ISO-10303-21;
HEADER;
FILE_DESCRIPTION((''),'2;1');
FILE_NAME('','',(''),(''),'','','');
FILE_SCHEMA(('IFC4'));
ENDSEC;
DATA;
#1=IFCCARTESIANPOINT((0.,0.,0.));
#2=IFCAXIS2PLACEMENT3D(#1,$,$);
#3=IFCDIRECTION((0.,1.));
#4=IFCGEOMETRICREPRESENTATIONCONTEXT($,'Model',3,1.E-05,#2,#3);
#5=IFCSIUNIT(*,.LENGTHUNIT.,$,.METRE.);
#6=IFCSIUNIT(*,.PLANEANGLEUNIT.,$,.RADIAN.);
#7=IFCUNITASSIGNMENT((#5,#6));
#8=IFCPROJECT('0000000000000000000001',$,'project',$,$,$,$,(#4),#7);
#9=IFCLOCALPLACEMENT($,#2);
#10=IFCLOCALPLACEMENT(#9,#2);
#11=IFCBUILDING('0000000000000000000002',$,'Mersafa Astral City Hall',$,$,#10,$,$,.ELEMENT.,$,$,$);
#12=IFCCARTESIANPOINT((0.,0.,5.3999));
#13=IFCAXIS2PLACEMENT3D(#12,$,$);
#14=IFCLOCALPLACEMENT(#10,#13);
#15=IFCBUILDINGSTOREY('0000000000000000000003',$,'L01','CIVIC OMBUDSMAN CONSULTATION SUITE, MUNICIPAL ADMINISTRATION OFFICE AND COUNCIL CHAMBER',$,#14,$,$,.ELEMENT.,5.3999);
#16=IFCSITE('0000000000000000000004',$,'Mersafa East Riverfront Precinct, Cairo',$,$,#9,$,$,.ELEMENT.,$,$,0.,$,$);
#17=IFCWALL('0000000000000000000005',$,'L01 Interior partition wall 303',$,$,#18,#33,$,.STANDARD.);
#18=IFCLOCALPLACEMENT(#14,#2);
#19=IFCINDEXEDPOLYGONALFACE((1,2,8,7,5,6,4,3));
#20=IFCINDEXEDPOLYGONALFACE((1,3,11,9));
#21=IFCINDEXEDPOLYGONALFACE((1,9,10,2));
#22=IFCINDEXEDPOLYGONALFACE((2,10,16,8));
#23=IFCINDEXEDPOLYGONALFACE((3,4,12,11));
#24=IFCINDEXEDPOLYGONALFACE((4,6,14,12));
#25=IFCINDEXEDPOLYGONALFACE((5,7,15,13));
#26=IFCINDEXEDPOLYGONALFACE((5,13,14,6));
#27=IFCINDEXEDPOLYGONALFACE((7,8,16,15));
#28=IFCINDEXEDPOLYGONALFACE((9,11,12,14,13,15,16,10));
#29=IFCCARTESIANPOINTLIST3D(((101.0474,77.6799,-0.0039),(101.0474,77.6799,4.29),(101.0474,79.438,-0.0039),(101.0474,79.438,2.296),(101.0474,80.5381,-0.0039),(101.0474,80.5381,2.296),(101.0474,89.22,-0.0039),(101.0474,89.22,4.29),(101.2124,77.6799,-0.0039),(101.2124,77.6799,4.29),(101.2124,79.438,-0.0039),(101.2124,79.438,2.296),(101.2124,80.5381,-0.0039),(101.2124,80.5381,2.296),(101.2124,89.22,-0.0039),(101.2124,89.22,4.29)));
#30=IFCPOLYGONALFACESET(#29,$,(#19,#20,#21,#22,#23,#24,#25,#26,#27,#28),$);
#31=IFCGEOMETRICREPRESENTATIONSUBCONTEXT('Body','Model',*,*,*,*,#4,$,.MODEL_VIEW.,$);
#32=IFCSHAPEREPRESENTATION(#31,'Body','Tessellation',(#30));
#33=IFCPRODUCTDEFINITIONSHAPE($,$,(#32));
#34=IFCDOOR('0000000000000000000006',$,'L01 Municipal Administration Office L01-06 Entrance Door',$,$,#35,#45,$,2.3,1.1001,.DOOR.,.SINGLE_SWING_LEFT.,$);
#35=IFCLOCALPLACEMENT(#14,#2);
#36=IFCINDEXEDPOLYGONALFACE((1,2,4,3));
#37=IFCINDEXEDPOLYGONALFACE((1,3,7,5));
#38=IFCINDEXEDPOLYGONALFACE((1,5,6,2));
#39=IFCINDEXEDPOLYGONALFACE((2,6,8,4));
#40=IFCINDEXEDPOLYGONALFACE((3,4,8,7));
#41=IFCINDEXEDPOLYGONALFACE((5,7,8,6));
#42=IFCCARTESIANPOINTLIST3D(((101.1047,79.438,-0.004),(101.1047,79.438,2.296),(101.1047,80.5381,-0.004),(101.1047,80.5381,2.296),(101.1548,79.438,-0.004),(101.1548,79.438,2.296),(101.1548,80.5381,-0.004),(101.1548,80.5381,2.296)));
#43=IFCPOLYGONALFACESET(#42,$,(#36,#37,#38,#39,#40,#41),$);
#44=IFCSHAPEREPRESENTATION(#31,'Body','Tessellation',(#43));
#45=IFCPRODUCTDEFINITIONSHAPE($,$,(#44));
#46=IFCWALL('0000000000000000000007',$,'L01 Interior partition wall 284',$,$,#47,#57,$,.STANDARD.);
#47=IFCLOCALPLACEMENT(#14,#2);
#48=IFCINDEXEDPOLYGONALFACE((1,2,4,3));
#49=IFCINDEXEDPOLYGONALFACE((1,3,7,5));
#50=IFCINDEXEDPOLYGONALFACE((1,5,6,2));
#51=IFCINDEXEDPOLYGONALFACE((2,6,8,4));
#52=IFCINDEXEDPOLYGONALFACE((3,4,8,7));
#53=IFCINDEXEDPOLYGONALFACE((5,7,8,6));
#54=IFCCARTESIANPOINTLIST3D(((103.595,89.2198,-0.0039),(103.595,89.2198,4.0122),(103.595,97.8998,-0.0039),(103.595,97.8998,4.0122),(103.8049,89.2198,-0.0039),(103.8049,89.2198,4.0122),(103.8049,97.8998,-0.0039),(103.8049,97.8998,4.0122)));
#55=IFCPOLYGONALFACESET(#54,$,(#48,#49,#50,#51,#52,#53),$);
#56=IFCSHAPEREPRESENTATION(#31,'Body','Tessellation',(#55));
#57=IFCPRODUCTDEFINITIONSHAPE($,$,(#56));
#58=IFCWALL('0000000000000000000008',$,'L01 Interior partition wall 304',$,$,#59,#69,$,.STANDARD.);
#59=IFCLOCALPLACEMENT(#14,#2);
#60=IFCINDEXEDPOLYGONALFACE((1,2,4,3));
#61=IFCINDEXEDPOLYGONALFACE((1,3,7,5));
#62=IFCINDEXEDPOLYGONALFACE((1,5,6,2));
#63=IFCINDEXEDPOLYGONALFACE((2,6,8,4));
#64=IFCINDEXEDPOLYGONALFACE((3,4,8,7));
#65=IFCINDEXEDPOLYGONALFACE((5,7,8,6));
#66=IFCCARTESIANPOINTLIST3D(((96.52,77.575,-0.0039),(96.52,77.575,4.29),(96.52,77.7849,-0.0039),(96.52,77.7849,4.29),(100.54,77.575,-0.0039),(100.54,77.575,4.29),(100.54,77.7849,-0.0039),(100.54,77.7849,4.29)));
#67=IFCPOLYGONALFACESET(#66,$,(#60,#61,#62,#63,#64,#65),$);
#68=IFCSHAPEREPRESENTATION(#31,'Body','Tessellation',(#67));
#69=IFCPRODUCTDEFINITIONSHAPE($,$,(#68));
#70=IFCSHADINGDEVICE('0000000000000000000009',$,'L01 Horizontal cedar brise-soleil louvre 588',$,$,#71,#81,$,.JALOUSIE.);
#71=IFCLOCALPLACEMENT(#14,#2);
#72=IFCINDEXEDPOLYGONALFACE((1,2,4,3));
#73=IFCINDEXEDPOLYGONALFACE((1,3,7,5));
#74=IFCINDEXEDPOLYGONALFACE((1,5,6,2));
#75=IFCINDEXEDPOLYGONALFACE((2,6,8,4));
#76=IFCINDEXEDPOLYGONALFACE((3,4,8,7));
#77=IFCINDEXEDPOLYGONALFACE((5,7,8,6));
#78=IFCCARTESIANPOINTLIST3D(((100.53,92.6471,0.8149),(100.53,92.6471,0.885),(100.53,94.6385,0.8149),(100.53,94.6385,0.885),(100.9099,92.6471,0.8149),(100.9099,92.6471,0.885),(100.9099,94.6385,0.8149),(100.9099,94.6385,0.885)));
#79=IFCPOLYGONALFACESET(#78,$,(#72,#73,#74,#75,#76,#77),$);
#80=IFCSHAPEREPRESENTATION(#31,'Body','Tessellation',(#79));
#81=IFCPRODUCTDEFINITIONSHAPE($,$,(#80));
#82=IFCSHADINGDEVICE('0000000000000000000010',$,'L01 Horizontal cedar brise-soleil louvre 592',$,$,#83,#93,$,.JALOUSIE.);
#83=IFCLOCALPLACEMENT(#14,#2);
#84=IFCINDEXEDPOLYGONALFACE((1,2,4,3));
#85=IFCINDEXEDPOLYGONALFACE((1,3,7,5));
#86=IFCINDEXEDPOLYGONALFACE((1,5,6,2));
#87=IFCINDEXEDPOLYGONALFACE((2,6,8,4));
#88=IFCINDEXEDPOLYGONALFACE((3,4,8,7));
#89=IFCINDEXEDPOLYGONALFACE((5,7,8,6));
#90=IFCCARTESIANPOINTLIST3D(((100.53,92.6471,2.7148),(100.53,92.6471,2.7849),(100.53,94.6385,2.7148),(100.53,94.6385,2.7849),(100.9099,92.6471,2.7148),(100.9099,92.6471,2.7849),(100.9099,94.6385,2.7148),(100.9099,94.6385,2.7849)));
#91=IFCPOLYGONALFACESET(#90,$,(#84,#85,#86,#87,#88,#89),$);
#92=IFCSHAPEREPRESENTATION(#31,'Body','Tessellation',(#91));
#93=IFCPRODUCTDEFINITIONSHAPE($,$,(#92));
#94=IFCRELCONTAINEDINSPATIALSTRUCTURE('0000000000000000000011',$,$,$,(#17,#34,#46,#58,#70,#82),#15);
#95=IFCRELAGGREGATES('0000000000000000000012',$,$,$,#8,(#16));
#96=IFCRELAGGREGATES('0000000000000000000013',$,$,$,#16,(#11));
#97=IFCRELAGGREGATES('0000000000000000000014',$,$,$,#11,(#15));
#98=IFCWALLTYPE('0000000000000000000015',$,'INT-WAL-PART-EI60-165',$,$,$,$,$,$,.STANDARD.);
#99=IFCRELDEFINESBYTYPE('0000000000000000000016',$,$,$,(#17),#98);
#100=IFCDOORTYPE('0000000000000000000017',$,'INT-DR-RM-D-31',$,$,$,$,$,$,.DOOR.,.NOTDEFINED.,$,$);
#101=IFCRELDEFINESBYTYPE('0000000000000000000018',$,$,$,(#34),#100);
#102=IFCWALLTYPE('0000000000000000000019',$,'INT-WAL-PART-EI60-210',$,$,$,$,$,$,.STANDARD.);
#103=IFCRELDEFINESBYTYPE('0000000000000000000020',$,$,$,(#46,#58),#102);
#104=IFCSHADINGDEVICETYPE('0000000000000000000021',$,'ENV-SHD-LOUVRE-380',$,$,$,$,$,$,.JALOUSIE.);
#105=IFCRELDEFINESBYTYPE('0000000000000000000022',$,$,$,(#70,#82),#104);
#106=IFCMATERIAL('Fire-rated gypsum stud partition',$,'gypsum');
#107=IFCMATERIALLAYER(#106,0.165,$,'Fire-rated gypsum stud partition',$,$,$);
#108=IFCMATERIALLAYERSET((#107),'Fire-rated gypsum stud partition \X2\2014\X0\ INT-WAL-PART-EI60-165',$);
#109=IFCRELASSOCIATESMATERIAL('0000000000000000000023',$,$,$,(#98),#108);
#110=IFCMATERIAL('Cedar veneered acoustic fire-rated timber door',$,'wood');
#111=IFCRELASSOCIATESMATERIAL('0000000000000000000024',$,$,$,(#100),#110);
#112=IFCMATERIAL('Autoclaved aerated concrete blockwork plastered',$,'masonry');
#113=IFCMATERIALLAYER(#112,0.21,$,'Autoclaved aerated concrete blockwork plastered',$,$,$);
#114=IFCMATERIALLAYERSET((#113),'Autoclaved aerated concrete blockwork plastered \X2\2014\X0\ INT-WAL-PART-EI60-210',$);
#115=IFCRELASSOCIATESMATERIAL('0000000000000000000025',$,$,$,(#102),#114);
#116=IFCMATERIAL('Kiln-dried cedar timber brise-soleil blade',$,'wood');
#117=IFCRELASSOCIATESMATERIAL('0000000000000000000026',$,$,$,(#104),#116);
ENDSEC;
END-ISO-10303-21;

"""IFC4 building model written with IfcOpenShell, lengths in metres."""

from ifc_helpers import new_model, si_unit, direction, frame, frame_2d, origin, origin_2d, place, context, subcontext, project, spatial, rectangle, extrude, material, layer, layer_set, type_object, element, fill, save


model = new_model("IFC4")

# Units and contexts
model_context = context("Model", 3, precision=1e-05, world=origin(), true_north=direction((0.0, 1.0)))
body_context = subcontext(model_context, "Body", "Model", "MODEL_VIEW")
ifc_project = project(units=[si_unit("LENGTHUNIT", "METRE"), si_unit("PLANEANGLEUNIT", "RADIAN")], contexts=[model_context])

# Site, building, storey
site_placement = place(None, origin())
site = spatial("IfcSite", under=ifc_project, at=site_placement, Name="Mersafa East Riverfront Precinct, Cairo", CompositionType="ELEMENT", RefElevation=0.0)
building_placement = place(site_placement, origin())
building = spatial("IfcBuilding", under=site, at=building_placement, Name="Mersafa Astral City Hall", CompositionType="ELEMENT")
storey_placement = place(building_placement, frame((0.0, 0.0, 5.3999)))
storey = spatial("IfcBuildingStorey", under=building, at=storey_placement, Name="L01", Description="CIVIC OMBUDSMAN CONSULTATION SUITE, MUNICIPAL ADMINISTRATION OFFICE AND COUNCIL CHAMBER", CompositionType="ELEMENT", Elevation=5.3999)

# Wall, opening, door
ifc_material_1 = material(Name="Fire-rated gypsum stud partition", Category="gypsum")
ifc_layer_1 = layer(ifc_material_1, 0.165, Name="Fire-rated gypsum stud partition")
ifc_layer_set_1 = layer_set([ifc_layer_1], Name="Fire-rated gypsum stud partition — INT-WAL-PART-EI60-165")
wall_type_1 = type_object("IfcWallType", Name="INT-WAL-PART-EI60-165", PredefinedType="STANDARD", material=ifc_layer_set_1)
wall_1_placement = place(storey_placement, frame((101.1299, 89.22, -0.0039), z_axis=(0.0, 0.0, 1.0), x_axis=(0.0, -1.0, 0.0)))
wall_1 = element("IfcWall", 1, at=wall_1_placement, inside=storey, type_object=wall_type_1, Name="L01 Interior partition wall 303", PredefinedType="STANDARD", context=body_context, shape_type="SweptSolid", body=[
    extrude(rectangle(XDim=11.54, YDim=0.165, at=frame_2d((5.77, 0.0))), origin(), (0.0, 0.0, 1.0), 4.2939),
])
opening_placement = place(wall_1_placement, frame((8.6819, 0.0, 0.0)))
opening = element("IfcOpeningElement", 2, at=opening_placement, cuts=wall_1, PredefinedType="OPENING", context=body_context, shape_type="SweptSolid", body=[
    extrude(rectangle(XDim=1.1001, YDim=2.3, at=frame_2d((0.55, 1.1499))), frame((0.0, 0.0925, 0.0), z_axis=(0.0, -1.0, 0.0), x_axis=(1.0, 0.0, 0.0)), (0.0, 0.0, 1.0), 0.1851),
])
ifc_material_2 = material(Name="Cedar veneered acoustic fire-rated timber door", Category="wood")
door_type = type_object("IfcDoorType", Name="INT-DR-RM-D-31", OperationType="NOTDEFINED", PredefinedType="DOOR", material=ifc_material_2)
door_placement = place(opening_placement, origin())
door = element("IfcDoor", 3, at=door_placement, inside=storey, type_object=door_type, Name="L01 Municipal Administration Office L01-06 Entrance Door", OperationType="SINGLE_SWING_LEFT", OverallHeight=2.3, OverallWidth=1.1001, PredefinedType="DOOR", context=body_context, shape_type="SweptSolid", body=[
    extrude(rectangle(XDim=1.1001, YDim=2.3, at=frame_2d((0.55, 1.1499))), frame((0.0, 0.0249, 0.0), z_axis=(0.0, -1.0, 0.0), x_axis=(1.0, 0.0, 0.0)), (0.0, 0.0, 1.0), 0.05),
])
fill(opening, door)

# Walls
ifc_material_3 = material(Name="Autoclaved aerated concrete blockwork plastered", Category="masonry")
ifc_layer_2 = layer(ifc_material_3, 0.21, Name="Autoclaved aerated concrete blockwork plastered")
ifc_layer_set_2 = layer_set([ifc_layer_2], Name="Autoclaved aerated concrete blockwork plastered — INT-WAL-PART-EI60-210")
wall_type_2 = type_object("IfcWallType", Name="INT-WAL-PART-EI60-210", PredefinedType="STANDARD", material=ifc_layer_set_2)
wall_2_placement = place(storey_placement, frame((103.7, 89.22, -0.0039), z_axis=(0.0, 0.0, 1.0), x_axis=(0.0, 1.0, 0.0)))
element("IfcWall", 4, at=wall_2_placement, inside=storey, type_object=wall_type_2, Name="L01 Interior partition wall 284", PredefinedType="STANDARD", context=body_context, shape_type="SweptSolid", body=[
    extrude(rectangle(XDim=8.6799, YDim=0.21, at=frame_2d((4.3398, 0.0))), origin(), (0.0, 0.0, 1.0), 4.0161),
])
wall_3_placement = place(storey_placement, frame((100.54, 77.6799, -0.0039), z_axis=(0.0, 0.0, 1.0), x_axis=(-1.0, 0.0, 0.0)))
element("IfcWall", 5, at=wall_3_placement, inside=storey, type_object=wall_type_2, Name="L01 Interior partition wall 304", PredefinedType="STANDARD", context=body_context, shape_type="SweptSolid", body=[
    extrude(rectangle(XDim=4.02, YDim=0.21, at=frame_2d((2.01, 0.0))), origin(), (0.0, 0.0, 1.0), 4.2939),
])

# Shading devices
ifc_material_4 = material(Name="Kiln-dried cedar timber brise-soleil blade", Category="wood")
shading_device_type = type_object("IfcShadingDeviceType", Name="ENV-SHD-LOUVRE-380", PredefinedType="JALOUSIE", material=ifc_material_4)
for number, where, z_axis, x_axis, name in (
    (6, (100.72, 93.6428, 0.8149), (0.0, 0.0, 1.0), (0.0, -1.0, 0.0), "L01 Horizontal cedar brise-soleil louvre 588"),
    (7, (100.72, 93.6428, 2.7148), (0.0, 0.0, 1.0), (0.0, -1.0, 0.0), "L01 Horizontal cedar brise-soleil louvre 592"),
):
    element("IfcShadingDevice", number, at=place(storey_placement, frame(where, z_axis=z_axis, x_axis=x_axis)), inside=storey, type_object=shading_device_type, Name=name, PredefinedType="JALOUSIE", context=body_context, shape_type="SweptSolid", body=[
        extrude(rectangle(XDim=1.9915, YDim=0.3799, at=origin_2d()), origin(), (0.0, 0.0, 1.0), 0.0701),
    ])

save(model, "model.ifc")
